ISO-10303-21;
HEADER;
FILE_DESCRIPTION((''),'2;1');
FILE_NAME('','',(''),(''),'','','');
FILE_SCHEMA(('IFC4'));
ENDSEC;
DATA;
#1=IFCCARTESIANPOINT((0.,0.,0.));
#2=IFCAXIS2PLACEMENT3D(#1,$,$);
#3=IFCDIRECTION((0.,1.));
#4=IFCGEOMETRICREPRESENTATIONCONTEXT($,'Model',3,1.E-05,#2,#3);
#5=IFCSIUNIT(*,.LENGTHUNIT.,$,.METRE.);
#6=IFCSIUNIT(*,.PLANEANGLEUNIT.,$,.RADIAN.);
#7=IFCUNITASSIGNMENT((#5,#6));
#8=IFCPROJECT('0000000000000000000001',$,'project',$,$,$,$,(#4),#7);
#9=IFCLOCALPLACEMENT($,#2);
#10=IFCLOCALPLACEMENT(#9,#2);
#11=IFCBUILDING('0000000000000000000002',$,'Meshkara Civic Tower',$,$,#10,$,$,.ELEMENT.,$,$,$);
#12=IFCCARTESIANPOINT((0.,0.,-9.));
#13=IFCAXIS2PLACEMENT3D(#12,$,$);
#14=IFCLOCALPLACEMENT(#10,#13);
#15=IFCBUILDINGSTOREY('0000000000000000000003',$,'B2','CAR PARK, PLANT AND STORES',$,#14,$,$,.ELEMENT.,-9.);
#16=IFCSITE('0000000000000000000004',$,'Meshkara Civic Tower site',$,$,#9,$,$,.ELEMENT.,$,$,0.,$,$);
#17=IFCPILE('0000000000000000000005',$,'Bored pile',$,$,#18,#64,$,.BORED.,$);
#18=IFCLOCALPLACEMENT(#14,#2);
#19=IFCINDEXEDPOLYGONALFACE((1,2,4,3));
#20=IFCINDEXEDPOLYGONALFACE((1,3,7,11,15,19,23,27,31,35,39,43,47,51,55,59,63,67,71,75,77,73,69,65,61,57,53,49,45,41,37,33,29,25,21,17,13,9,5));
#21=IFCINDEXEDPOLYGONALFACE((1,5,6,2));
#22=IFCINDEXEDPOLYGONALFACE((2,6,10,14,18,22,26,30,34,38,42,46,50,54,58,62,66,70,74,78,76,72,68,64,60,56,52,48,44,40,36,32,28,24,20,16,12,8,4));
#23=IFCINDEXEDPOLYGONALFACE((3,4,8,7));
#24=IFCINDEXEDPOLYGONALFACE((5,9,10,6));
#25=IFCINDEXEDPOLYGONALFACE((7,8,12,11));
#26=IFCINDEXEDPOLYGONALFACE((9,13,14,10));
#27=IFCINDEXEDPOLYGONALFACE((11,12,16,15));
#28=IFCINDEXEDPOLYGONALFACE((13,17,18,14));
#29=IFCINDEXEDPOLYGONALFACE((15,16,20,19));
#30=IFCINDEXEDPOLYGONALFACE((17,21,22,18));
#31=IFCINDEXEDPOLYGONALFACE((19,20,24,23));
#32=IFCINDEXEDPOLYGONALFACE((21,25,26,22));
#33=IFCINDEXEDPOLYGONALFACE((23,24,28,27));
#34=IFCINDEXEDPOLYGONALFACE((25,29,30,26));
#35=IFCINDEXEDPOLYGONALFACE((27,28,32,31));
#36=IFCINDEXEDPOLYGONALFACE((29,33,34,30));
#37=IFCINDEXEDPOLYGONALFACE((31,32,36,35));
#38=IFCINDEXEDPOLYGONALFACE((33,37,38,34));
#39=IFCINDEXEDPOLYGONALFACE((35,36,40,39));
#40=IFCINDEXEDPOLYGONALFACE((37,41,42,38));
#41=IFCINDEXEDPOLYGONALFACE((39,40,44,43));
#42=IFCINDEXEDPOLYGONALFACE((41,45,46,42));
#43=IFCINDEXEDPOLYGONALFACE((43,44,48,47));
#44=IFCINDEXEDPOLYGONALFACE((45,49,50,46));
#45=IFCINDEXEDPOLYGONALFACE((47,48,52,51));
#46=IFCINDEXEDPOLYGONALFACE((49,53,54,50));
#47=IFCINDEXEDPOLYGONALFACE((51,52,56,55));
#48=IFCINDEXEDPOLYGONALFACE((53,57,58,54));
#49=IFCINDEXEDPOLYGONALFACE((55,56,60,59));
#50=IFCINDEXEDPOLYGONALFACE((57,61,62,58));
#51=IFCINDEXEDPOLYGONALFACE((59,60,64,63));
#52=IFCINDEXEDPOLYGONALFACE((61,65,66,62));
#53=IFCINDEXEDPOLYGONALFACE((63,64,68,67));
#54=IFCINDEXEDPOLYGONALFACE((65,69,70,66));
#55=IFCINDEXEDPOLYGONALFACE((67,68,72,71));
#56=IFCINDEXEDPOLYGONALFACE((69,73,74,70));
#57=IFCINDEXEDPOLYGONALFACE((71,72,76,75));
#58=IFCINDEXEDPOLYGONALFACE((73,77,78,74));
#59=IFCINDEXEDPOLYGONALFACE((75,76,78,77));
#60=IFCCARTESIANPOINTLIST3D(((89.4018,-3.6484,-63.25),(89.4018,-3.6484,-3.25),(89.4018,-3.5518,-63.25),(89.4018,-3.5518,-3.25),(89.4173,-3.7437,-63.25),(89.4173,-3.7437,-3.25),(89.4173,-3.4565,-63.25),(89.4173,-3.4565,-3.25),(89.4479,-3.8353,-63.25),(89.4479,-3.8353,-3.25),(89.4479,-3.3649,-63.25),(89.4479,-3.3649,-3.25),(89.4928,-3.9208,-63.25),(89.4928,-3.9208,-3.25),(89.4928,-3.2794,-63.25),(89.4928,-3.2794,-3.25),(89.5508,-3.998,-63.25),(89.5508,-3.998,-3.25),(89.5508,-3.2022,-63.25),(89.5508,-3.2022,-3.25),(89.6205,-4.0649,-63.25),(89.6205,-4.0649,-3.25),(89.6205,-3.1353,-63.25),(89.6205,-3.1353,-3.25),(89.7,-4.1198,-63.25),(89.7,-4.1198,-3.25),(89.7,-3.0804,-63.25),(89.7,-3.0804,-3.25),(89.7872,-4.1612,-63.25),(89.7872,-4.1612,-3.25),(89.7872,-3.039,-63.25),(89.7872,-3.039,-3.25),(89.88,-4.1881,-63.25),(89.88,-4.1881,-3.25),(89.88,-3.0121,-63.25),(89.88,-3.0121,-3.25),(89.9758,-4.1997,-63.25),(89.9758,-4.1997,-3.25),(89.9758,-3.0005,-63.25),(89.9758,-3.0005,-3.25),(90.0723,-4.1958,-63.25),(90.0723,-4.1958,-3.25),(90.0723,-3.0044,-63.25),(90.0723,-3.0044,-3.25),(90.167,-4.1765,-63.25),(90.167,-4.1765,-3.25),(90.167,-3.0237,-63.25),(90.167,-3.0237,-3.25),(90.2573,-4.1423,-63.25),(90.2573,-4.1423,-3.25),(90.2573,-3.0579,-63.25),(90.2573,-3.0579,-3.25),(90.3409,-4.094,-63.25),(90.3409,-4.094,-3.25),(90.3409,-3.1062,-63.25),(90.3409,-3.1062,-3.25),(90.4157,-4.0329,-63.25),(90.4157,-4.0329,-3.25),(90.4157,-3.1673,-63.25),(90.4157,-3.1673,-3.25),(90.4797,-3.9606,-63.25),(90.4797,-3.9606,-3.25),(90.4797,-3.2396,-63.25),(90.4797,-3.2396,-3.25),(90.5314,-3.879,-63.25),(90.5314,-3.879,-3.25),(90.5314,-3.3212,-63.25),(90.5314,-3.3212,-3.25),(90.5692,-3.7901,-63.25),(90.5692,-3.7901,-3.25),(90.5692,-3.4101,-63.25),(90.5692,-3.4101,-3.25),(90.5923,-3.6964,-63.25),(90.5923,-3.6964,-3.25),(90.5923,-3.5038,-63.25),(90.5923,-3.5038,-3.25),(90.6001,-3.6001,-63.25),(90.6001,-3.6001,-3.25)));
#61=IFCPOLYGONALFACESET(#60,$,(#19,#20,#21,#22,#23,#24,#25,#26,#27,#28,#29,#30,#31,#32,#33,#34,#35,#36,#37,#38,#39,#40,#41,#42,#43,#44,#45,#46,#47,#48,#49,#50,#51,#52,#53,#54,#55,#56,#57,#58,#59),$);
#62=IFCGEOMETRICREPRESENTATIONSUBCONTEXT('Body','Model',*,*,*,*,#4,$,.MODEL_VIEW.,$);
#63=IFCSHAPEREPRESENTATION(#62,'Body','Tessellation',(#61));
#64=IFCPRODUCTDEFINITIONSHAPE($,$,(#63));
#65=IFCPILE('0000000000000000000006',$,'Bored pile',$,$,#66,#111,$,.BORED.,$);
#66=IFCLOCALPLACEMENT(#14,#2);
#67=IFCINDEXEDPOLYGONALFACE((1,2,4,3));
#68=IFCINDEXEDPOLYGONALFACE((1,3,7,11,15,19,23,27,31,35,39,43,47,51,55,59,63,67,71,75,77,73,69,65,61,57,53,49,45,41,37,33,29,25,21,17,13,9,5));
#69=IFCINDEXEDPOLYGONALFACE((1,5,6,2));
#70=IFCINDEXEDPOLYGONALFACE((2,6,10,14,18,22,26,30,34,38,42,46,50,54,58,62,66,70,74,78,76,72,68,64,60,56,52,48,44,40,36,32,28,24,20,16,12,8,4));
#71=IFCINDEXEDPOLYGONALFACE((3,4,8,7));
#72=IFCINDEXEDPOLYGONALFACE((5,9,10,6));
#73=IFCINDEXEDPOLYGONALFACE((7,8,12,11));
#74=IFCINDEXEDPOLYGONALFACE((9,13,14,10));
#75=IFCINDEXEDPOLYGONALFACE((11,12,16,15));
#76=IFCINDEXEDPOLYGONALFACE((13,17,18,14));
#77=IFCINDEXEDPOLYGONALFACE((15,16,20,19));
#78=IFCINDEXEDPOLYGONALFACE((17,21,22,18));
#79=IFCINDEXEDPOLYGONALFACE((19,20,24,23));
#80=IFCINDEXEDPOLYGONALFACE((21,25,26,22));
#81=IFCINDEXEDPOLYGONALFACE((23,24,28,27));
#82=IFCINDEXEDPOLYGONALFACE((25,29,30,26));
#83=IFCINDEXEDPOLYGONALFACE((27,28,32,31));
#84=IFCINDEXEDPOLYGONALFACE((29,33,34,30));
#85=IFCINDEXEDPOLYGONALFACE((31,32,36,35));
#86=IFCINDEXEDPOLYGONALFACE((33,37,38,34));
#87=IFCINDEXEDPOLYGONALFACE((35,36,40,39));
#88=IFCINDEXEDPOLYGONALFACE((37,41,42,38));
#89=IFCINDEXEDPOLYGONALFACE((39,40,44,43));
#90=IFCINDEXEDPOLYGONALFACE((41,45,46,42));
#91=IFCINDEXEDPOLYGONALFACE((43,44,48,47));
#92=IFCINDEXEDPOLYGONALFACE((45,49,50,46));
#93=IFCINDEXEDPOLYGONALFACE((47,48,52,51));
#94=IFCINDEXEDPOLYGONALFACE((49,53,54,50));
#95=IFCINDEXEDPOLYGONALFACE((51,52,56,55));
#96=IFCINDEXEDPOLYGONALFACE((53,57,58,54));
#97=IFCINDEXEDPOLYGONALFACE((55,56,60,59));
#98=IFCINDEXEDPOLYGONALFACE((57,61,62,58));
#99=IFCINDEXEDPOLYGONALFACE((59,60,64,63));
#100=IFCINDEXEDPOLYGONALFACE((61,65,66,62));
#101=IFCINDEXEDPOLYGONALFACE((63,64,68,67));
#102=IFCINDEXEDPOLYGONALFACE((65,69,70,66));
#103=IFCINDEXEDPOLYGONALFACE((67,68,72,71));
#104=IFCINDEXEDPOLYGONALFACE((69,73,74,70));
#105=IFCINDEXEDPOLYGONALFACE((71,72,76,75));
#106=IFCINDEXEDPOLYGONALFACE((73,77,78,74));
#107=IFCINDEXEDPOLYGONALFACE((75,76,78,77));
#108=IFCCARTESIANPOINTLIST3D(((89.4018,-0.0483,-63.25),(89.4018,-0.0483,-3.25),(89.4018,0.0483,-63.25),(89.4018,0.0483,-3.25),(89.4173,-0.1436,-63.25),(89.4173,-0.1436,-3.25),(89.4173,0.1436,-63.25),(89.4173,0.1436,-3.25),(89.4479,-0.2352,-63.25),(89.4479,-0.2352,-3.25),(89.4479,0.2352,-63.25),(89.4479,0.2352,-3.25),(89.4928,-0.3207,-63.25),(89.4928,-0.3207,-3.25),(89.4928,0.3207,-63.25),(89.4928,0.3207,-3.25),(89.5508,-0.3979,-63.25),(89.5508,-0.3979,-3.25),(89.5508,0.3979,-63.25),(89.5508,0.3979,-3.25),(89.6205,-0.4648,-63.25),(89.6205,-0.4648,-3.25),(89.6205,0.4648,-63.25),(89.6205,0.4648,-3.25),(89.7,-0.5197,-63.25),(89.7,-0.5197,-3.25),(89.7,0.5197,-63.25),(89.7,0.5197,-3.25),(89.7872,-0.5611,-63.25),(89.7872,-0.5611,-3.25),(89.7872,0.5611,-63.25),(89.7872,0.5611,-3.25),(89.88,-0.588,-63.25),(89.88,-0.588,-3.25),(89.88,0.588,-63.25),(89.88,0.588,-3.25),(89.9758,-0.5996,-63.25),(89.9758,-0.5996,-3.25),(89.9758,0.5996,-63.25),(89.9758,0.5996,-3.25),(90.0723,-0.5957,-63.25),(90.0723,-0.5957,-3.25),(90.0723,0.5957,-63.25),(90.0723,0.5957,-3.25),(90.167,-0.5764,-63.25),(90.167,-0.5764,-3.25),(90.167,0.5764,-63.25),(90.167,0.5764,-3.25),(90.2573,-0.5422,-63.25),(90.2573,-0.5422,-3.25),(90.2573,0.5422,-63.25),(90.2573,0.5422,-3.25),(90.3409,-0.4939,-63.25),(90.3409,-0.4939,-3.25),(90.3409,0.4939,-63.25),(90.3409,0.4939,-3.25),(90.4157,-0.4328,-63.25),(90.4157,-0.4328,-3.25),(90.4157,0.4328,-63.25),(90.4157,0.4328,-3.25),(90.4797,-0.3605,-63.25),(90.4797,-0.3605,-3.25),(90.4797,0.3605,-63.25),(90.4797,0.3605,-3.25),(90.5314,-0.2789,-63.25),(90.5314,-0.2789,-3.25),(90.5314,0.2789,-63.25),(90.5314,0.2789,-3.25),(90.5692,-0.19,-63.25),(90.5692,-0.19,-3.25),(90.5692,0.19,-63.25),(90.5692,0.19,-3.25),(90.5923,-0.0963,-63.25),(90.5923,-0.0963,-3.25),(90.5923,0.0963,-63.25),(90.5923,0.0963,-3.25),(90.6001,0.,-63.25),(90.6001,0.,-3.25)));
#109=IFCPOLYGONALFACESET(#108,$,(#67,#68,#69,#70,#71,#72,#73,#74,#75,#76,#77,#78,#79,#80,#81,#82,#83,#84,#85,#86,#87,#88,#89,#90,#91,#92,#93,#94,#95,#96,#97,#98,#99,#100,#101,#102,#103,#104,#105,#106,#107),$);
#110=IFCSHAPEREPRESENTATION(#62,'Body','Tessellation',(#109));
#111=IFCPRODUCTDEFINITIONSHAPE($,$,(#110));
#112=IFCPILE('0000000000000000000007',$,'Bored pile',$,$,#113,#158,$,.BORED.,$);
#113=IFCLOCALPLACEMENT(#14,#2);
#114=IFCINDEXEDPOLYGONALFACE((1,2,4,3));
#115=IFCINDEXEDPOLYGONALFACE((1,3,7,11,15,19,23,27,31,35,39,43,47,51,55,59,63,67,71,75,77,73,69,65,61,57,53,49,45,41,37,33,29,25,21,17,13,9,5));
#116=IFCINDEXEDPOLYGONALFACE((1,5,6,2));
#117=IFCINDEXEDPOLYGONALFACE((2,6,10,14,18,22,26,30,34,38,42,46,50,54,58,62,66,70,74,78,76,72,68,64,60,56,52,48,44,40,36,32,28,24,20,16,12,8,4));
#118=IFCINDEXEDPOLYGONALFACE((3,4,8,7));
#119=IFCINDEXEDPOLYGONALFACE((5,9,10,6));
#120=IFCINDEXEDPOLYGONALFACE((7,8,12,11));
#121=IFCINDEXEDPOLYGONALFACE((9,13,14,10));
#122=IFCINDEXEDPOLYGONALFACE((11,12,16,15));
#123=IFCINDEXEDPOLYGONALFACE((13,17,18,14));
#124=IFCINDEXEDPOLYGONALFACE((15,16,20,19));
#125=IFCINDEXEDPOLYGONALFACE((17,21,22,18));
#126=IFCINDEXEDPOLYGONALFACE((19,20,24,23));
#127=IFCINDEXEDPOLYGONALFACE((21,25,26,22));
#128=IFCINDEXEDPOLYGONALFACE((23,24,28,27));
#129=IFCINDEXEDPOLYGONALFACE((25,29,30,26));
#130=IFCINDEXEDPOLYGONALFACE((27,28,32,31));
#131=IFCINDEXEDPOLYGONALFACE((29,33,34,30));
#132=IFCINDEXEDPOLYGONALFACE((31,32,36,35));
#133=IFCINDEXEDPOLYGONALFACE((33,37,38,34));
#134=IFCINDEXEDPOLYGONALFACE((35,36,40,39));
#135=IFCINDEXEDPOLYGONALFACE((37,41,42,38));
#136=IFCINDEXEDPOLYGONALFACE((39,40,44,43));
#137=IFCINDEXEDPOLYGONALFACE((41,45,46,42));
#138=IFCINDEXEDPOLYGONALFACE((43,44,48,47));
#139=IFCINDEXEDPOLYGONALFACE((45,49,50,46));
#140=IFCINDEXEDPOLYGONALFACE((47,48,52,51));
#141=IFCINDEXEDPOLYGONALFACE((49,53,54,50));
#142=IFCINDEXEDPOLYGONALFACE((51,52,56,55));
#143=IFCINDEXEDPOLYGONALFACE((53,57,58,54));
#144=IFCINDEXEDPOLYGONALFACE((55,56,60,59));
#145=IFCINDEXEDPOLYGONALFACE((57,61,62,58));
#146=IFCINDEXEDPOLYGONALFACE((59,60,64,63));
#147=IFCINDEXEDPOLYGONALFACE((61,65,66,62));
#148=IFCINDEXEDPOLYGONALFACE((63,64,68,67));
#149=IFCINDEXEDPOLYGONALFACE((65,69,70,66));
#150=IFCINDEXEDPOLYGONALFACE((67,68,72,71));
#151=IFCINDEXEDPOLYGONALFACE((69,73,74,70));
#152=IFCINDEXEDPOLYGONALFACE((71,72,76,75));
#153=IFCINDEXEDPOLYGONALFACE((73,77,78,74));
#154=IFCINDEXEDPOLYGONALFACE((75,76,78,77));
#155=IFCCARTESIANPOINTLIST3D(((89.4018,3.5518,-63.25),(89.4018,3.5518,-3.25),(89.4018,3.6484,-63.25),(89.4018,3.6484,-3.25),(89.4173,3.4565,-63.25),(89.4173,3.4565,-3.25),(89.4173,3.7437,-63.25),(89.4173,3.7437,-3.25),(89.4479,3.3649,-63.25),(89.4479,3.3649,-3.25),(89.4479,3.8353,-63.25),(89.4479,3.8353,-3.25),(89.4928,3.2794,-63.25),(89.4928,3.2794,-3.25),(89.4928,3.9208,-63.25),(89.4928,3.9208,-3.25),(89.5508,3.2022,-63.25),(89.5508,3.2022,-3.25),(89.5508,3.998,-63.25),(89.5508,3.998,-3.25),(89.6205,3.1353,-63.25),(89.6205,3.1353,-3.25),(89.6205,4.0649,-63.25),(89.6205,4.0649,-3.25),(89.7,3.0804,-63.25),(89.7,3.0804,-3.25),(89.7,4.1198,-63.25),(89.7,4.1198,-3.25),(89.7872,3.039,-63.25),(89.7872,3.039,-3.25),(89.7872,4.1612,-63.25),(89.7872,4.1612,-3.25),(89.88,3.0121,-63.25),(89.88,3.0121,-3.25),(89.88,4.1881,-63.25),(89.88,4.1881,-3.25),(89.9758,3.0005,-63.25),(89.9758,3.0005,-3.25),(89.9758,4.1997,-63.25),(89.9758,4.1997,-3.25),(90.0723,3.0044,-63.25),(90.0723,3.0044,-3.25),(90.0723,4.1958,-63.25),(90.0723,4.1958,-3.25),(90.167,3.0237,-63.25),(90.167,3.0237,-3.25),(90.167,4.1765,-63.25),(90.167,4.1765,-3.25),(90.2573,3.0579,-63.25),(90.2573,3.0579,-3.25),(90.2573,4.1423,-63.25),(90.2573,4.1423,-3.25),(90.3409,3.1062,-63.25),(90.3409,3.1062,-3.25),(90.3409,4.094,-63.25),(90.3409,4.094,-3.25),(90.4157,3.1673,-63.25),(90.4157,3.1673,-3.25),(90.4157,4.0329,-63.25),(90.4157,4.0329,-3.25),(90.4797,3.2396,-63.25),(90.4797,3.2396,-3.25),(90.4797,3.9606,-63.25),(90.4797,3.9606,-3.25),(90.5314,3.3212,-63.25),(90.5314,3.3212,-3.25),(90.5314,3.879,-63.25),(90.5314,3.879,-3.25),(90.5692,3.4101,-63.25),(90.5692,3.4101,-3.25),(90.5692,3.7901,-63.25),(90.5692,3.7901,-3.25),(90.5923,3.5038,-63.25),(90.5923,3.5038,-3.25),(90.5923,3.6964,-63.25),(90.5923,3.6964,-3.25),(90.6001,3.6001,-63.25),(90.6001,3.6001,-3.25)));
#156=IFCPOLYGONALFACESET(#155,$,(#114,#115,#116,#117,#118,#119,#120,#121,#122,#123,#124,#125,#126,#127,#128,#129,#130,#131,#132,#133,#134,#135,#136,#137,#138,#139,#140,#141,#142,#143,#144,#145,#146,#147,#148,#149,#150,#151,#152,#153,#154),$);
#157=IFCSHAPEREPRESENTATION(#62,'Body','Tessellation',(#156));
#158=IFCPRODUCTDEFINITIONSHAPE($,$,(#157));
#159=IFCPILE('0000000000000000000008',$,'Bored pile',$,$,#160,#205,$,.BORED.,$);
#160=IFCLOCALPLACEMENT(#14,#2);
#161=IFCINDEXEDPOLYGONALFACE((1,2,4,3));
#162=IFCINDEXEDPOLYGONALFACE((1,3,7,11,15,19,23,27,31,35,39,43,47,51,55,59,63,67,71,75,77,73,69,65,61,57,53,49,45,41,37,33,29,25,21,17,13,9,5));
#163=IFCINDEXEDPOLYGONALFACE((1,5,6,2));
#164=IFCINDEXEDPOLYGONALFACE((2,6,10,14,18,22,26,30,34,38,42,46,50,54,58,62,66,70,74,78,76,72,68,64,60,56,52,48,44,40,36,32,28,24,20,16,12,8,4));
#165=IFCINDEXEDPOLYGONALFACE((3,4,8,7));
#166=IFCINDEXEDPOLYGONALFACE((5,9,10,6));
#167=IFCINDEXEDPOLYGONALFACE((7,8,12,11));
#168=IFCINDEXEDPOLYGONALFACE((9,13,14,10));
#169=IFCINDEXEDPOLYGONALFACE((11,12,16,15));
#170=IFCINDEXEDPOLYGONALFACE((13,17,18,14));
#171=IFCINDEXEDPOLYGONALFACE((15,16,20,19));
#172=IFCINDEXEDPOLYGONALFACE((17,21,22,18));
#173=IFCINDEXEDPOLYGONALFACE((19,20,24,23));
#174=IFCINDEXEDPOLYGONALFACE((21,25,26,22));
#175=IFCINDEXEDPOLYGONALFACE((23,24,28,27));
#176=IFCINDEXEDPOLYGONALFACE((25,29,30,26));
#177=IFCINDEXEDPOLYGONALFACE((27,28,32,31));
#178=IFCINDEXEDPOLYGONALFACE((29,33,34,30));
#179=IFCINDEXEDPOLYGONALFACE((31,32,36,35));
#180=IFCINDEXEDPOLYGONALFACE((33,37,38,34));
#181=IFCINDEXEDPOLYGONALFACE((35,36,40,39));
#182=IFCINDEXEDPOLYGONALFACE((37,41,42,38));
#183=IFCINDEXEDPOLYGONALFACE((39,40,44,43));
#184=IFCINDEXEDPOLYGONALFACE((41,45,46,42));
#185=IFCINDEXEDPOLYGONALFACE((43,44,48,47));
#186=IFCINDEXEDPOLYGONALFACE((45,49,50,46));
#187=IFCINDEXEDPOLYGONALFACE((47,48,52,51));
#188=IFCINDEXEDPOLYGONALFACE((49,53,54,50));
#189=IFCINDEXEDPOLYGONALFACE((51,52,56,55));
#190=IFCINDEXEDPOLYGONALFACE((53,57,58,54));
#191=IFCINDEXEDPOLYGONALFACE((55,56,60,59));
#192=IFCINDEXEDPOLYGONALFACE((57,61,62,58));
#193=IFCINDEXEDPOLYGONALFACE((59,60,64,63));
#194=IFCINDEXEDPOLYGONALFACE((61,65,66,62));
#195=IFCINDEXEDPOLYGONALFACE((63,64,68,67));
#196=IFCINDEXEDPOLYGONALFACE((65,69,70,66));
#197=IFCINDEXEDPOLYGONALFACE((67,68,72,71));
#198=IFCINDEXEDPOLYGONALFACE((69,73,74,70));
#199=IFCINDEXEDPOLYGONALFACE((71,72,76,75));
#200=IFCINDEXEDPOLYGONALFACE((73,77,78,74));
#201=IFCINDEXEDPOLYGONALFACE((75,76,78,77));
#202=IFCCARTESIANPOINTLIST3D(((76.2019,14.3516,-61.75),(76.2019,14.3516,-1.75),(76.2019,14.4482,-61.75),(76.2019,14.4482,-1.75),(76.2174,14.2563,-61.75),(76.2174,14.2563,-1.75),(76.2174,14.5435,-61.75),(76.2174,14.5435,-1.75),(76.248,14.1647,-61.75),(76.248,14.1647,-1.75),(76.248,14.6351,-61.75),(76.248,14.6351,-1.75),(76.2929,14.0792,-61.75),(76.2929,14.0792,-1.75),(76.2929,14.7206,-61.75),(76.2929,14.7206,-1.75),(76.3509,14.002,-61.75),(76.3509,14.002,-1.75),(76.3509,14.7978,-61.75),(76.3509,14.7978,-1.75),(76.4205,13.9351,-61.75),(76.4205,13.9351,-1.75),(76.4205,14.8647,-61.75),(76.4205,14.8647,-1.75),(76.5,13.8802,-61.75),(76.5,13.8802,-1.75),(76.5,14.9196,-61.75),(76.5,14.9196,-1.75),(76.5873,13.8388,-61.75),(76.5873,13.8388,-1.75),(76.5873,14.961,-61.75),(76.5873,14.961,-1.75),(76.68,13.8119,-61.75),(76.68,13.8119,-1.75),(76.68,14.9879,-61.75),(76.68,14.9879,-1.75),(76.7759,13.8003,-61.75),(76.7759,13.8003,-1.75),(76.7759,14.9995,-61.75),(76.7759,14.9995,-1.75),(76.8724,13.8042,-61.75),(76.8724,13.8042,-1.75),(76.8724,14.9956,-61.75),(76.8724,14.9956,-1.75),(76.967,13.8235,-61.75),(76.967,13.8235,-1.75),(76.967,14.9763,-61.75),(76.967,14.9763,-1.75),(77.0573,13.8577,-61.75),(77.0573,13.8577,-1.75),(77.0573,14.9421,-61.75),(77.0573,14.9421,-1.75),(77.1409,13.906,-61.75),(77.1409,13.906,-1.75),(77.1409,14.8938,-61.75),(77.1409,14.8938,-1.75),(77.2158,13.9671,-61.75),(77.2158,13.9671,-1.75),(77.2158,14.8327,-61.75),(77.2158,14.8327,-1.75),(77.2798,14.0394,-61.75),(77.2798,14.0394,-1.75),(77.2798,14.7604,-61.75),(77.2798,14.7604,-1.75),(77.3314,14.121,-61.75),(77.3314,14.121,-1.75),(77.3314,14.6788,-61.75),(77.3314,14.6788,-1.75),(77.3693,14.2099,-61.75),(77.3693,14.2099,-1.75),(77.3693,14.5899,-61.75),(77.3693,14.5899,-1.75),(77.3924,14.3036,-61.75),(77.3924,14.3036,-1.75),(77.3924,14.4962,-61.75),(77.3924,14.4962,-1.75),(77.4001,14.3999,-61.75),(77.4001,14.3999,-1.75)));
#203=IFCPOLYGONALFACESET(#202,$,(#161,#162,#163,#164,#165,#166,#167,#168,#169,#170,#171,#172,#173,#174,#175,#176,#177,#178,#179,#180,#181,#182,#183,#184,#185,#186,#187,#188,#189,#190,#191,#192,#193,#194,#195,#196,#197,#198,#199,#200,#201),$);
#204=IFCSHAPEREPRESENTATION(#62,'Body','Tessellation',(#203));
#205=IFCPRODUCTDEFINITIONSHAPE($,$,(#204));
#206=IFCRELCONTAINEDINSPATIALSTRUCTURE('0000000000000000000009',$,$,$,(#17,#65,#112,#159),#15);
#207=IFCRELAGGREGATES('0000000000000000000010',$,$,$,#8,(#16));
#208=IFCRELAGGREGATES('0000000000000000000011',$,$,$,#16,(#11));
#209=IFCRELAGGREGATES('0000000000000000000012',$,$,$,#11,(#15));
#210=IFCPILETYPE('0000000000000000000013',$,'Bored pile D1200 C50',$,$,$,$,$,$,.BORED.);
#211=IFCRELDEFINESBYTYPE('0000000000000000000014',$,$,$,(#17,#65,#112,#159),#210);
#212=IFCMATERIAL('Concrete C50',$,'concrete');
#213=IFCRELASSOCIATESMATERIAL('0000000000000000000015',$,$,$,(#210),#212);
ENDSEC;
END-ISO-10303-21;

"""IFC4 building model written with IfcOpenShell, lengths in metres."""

from ifc_helpers import new_model, si_unit, direction, frame, origin, origin_2d, place, context, subcontext, project, spatial, circle, extrude, material, material_profile, profile_set, type_object, element, save


model = new_model("IFC4")

# Units and contexts
model_context = context("Model", 3, precision=1e-05, world=origin(), true_north=direction((0.0, 1.0)))
body_context = subcontext(model_context, "Body", "Model", "MODEL_VIEW")
ifc_project = project(units=[si_unit("LENGTHUNIT", "METRE"), si_unit("PLANEANGLEUNIT", "RADIAN")], contexts=[model_context])

# Site, building, storey
site_placement = place(None, origin())
site = spatial("IfcSite", under=ifc_project, at=site_placement, Name="Meshkara Civic Tower site", CompositionType="ELEMENT", RefElevation=0.0)
building_placement = place(site_placement, origin())
building = spatial("IfcBuilding", under=site, at=building_placement, Name="Meshkara Civic Tower", CompositionType="ELEMENT")
storey_placement = place(building_placement, frame((0.0, 0.0, -9.0)))
storey = spatial("IfcBuildingStorey", under=building, at=storey_placement, Name="B2", Description="CAR PARK, PLANT AND STORES", CompositionType="ELEMENT", Elevation=-9.0)

# Piles
ifc_material_1 = material(Name="Concrete C50", Category="concrete")
ifc_material_profile_1 = material_profile(ifc_material_1, circle(Radius=0.6001, at=origin_2d()))
ifc_profile_set_1 = profile_set([ifc_material_profile_1], Name="Concrete C50")
pile_type = type_object("IfcPileType", Name="Bored pile D1200 C50", PredefinedType="BORED", material=ifc_profile_set_1)
for number, where, z_axis, x_axis, name in (
    (1, (90.0, -3.6001, -3.25), (0.0, 0.0, -1.0), (1.0, 0.0, 0.0), "Bored pile"),
    (2, (90.0, 0.0, -3.25), (0.0, 0.0, -1.0), (1.0, 0.0, 0.0), "Bored pile"),
    (3, (90.0, 3.6001, -3.25), (0.0, 0.0, -1.0), (1.0, 0.0, 0.0), "Bored pile"),
    (4, (76.8, 14.3999, -1.75), (0.0, 0.0, -1.0), (1.0, 0.0, 0.0), "Bored pile"),
):
    element("IfcPile", number, at=place(storey_placement, frame(where, z_axis=z_axis, x_axis=x_axis)), inside=storey, type_object=pile_type, Name=name, PredefinedType="BORED", context=body_context, shape_type="SweptSolid", body=[
        extrude(circle(Radius=0.6001, at=origin_2d()), origin(), (0.0, 0.0, 1.0), 60.0),
    ])

save(model, "model.ifc")
